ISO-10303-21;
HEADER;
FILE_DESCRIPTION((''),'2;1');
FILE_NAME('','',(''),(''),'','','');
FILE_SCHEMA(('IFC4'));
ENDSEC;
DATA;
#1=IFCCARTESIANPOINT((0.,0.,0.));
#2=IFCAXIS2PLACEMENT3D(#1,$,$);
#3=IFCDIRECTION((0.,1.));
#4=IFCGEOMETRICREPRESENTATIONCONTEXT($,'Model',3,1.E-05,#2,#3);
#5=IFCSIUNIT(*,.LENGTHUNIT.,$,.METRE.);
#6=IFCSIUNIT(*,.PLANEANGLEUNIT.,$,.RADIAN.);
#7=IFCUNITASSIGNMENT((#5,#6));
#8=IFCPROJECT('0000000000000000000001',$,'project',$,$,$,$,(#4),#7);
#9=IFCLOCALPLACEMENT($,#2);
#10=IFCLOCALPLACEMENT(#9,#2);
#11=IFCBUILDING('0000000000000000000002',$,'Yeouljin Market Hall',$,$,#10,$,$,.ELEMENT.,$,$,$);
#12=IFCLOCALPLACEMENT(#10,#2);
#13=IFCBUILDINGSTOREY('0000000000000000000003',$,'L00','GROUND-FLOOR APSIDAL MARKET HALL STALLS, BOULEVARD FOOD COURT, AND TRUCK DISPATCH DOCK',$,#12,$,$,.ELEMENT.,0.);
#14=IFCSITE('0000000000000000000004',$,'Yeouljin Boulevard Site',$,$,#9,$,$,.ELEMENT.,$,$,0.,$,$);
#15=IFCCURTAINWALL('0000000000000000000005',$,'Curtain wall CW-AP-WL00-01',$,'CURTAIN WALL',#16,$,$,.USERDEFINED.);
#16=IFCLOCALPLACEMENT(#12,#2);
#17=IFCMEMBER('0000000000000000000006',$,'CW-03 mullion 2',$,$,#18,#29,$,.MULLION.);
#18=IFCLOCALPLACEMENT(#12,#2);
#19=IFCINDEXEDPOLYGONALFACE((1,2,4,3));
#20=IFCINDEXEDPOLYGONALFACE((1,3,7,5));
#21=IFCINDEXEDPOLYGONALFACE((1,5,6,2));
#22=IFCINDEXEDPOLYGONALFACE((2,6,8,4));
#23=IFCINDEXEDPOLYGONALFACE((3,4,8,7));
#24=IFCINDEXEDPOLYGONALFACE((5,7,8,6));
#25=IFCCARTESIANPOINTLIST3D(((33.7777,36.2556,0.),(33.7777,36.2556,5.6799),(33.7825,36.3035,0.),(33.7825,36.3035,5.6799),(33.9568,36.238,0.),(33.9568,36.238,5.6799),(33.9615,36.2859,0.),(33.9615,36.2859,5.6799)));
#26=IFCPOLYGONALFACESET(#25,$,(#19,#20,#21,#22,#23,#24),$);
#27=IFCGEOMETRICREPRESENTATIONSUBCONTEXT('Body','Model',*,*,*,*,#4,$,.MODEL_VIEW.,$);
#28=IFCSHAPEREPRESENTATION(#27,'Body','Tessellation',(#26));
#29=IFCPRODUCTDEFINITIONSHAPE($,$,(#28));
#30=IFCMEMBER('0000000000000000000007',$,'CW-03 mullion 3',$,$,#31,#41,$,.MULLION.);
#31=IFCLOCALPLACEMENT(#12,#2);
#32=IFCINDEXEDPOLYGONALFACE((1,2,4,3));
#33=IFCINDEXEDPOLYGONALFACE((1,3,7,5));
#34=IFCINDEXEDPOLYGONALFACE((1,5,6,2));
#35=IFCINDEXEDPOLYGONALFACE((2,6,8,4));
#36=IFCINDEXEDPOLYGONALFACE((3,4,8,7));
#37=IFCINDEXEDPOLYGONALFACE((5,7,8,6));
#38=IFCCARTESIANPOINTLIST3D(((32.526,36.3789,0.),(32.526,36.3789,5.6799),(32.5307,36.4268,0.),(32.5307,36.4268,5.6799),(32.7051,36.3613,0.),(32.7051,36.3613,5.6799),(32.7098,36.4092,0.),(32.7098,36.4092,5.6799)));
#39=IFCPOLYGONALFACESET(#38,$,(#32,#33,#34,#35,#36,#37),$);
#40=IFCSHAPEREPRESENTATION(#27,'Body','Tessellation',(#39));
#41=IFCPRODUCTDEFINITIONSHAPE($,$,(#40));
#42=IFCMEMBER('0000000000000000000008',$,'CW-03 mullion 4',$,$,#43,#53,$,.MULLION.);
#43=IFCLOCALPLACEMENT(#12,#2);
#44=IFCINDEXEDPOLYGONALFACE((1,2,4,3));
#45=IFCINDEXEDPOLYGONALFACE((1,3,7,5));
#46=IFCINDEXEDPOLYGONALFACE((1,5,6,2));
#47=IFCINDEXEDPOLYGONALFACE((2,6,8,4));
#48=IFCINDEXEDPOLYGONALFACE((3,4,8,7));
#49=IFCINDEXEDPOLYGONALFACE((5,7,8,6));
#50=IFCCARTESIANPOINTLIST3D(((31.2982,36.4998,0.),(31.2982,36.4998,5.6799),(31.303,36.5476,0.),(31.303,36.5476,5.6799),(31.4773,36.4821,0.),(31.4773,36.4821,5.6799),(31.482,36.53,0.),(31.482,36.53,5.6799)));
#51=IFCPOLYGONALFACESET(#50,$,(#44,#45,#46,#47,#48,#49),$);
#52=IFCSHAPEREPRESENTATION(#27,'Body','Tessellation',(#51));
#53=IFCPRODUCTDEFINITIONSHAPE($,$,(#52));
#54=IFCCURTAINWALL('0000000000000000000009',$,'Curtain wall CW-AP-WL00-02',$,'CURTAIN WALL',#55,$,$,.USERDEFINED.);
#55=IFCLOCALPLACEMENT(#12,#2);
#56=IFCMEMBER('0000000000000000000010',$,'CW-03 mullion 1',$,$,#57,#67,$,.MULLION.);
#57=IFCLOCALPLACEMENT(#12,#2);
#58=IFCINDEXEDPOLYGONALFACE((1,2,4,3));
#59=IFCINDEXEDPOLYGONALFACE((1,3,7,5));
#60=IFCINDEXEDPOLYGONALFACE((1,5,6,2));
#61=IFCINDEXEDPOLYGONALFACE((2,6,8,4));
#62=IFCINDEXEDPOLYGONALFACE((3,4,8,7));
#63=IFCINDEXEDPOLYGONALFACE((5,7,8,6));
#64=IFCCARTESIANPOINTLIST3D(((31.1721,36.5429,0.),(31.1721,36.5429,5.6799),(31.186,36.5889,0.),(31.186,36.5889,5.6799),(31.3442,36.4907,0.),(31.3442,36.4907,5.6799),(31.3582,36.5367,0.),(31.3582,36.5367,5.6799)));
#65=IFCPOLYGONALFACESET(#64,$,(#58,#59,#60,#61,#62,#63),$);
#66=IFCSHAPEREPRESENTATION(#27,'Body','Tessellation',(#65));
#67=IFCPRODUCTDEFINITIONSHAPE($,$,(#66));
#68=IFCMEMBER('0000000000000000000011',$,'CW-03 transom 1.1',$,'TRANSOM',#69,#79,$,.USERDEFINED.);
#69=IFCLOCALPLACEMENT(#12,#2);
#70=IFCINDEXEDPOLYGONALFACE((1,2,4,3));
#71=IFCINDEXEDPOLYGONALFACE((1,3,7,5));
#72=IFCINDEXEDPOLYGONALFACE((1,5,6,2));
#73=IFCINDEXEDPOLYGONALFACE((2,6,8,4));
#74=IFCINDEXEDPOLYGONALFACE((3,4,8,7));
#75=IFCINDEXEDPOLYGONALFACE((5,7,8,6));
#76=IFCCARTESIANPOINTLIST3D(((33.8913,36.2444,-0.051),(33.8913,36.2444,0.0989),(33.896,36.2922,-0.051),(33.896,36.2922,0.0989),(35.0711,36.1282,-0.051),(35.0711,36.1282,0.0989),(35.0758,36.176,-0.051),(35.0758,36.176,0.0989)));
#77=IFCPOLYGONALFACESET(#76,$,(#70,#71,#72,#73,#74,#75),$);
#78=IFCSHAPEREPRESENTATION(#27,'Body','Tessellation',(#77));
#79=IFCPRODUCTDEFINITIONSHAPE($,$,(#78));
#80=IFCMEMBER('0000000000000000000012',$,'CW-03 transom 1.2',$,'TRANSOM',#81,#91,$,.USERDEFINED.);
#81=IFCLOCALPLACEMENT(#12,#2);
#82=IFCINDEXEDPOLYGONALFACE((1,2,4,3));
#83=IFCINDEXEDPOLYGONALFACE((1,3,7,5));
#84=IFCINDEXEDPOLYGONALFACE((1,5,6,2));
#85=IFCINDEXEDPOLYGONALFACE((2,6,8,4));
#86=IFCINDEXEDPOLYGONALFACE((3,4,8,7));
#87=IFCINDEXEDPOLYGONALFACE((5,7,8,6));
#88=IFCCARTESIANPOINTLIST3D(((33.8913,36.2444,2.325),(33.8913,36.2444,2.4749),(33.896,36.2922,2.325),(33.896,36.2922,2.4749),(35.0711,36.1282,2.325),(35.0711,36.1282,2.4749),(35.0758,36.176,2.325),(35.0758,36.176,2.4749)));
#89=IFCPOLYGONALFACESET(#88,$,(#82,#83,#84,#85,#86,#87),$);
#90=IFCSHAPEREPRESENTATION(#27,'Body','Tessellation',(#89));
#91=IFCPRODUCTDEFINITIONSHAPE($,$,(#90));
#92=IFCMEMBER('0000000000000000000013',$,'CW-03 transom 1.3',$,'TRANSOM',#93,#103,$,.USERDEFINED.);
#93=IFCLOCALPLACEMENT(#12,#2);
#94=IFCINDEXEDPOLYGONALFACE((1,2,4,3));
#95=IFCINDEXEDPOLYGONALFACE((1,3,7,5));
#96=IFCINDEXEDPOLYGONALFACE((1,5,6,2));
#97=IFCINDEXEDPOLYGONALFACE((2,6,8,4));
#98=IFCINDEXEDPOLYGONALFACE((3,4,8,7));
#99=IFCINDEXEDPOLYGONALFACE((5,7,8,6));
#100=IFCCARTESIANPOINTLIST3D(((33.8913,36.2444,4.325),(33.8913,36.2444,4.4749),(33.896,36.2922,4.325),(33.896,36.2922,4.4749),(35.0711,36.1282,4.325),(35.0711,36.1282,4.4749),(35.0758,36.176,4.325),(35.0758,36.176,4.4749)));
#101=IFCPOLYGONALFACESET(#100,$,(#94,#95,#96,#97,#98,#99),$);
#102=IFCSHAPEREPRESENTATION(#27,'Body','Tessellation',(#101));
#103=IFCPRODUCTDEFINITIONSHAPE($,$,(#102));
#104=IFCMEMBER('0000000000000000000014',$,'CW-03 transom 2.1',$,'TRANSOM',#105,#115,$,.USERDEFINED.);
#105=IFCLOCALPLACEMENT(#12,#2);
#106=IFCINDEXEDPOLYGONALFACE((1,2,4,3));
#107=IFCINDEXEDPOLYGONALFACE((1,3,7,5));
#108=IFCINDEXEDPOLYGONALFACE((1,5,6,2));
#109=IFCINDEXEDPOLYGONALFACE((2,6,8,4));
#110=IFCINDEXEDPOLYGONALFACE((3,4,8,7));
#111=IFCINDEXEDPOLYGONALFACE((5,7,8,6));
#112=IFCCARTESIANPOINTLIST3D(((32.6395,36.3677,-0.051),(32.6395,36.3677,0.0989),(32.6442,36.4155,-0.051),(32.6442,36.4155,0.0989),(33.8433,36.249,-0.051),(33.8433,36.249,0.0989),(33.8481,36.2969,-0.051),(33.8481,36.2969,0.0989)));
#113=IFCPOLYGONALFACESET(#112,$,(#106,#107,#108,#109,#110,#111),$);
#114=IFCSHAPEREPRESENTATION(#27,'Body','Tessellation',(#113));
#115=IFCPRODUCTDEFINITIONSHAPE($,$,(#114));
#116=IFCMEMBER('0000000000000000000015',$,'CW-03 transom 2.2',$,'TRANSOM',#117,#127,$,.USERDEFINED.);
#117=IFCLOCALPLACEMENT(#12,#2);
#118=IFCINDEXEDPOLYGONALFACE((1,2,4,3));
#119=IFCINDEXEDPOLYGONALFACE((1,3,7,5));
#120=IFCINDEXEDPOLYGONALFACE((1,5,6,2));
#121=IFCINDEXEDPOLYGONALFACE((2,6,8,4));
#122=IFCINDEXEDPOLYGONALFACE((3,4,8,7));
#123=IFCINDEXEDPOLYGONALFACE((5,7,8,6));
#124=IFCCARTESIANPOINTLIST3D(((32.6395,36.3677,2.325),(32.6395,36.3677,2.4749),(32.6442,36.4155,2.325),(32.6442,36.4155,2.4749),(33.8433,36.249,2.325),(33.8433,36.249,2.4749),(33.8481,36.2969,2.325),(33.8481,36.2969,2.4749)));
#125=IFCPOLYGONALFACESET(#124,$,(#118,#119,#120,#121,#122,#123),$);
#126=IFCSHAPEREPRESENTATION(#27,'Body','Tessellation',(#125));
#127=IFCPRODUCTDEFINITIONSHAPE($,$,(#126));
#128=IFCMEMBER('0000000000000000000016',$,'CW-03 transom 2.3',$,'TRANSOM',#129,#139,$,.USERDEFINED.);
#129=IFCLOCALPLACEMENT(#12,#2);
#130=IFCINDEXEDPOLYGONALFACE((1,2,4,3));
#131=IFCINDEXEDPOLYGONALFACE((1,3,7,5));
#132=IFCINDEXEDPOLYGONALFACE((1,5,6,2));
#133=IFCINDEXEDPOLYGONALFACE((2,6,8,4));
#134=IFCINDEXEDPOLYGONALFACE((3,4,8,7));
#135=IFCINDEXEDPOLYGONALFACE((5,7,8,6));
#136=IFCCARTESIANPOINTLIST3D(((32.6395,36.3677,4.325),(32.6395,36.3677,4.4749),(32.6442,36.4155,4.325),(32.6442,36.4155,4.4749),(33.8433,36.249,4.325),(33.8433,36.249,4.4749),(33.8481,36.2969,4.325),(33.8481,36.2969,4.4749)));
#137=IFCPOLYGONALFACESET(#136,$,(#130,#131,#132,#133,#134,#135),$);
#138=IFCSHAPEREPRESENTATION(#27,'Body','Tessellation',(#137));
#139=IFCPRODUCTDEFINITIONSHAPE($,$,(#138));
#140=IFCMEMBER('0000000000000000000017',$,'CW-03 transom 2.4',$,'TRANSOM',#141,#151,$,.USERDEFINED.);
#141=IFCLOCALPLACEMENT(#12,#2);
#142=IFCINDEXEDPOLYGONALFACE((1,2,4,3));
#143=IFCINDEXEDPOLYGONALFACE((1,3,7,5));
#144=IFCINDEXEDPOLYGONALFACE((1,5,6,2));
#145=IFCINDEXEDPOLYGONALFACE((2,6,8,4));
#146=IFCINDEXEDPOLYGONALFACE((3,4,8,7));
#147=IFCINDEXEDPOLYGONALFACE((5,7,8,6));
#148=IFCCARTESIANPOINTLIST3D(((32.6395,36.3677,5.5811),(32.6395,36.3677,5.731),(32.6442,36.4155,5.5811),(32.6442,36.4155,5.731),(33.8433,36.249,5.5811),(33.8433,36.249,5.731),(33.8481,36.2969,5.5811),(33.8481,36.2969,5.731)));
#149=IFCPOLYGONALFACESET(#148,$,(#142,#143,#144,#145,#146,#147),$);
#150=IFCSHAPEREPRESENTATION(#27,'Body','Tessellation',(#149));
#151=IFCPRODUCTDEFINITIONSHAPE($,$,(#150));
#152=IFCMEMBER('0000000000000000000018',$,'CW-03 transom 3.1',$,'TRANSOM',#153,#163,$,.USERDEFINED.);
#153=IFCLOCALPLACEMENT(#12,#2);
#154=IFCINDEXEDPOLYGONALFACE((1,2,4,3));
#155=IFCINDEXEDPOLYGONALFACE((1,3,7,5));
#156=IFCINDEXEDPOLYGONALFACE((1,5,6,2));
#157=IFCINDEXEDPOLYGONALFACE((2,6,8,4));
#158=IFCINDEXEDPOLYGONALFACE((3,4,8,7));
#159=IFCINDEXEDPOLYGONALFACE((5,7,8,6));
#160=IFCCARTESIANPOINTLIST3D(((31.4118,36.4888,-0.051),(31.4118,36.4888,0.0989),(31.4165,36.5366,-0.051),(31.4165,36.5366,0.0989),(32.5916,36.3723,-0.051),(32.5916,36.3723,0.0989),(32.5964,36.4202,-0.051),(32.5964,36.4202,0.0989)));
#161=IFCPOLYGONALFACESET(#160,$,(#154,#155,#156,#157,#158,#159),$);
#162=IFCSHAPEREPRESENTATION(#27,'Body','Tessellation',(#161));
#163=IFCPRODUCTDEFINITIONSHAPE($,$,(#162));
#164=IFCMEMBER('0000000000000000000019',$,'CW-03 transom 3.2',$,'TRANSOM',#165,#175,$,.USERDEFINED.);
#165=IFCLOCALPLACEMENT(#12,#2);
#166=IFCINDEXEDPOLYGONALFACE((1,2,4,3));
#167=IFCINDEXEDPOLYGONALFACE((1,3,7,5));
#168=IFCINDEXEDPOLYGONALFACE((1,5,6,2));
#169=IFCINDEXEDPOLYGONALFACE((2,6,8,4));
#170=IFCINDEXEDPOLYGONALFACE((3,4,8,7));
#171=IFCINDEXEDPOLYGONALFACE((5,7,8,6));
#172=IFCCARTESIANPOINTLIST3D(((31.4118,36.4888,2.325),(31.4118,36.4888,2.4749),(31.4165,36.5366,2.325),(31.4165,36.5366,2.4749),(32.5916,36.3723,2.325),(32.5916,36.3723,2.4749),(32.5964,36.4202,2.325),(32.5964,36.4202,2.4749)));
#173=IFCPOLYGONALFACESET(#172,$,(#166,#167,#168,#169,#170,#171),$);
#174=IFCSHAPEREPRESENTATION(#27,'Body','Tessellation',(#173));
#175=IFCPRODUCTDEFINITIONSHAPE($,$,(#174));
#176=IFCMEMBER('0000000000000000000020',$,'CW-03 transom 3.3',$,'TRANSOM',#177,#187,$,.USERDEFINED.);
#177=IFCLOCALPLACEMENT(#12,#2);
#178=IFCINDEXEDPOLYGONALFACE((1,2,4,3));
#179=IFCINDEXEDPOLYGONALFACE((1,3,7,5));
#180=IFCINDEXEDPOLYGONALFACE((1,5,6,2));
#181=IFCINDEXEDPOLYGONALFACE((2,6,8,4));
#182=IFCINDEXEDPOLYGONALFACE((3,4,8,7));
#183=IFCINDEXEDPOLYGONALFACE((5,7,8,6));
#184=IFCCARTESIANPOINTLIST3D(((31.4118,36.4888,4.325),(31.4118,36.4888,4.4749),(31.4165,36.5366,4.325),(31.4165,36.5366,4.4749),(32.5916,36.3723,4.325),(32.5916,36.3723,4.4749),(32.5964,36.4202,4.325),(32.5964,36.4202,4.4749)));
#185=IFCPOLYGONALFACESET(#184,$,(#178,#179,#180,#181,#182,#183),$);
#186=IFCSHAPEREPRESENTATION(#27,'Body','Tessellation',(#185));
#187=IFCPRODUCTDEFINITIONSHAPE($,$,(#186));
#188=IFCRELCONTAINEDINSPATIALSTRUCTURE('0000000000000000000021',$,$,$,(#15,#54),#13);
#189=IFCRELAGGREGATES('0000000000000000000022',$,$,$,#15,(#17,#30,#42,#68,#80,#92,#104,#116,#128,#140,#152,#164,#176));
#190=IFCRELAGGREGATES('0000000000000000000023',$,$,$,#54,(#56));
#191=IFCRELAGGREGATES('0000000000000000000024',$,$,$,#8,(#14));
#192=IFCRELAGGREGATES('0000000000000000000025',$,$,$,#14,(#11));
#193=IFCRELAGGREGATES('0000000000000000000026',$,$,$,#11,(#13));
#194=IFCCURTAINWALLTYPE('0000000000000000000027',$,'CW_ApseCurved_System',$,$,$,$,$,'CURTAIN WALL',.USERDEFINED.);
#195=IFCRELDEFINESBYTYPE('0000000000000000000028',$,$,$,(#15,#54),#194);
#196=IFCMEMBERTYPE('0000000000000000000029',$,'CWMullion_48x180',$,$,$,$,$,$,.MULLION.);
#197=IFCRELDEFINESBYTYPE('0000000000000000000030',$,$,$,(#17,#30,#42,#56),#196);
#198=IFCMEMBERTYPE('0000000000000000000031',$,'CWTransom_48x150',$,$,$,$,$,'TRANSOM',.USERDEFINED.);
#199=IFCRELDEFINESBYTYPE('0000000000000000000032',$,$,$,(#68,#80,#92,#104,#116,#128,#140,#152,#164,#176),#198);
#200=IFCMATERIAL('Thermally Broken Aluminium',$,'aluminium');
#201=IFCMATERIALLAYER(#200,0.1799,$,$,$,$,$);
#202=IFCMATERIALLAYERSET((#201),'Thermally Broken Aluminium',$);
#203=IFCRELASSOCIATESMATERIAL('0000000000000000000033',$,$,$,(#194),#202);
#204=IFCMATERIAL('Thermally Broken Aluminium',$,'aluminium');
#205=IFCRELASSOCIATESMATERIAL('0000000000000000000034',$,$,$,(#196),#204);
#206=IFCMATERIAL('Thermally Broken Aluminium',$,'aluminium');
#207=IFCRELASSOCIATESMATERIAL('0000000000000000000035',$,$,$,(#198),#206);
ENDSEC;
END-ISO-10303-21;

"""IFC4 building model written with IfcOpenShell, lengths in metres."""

from ifc_helpers import new_model, si_unit, direction, frame, origin, origin_2d, place, context, subcontext, project, spatial, rectangle, extrude, material, layer, layer_set, material_profile, profile_set, type_object, element, aggregate, save


model = new_model("IFC4")

# Units and contexts
model_context = context("Model", 3, precision=1e-05, world=origin(), true_north=direction((0.0, 1.0)))
body_context = subcontext(model_context, "Body", "Model", "MODEL_VIEW")
ifc_project = project(units=[si_unit("LENGTHUNIT", "METRE"), si_unit("PLANEANGLEUNIT", "RADIAN")], contexts=[model_context])

# Site, building, storey
site_placement = place(None, origin())
site = spatial("IfcSite", under=ifc_project, at=site_placement, Name="Yeouljin Boulevard Site", CompositionType="ELEMENT", RefElevation=0.0)
building_placement = place(site_placement, origin())
building = spatial("IfcBuilding", under=site, at=building_placement, Name="Yeouljin Market Hall", CompositionType="ELEMENT")
storey_placement = place(building_placement, origin())
storey = spatial("IfcBuildingStorey", under=building, at=storey_placement, Name="L00", Description="GROUND-FLOOR APSIDAL MARKET HALL STALLS, BOULEVARD FOOD COURT, AND TRUCK DISPATCH DOCK", CompositionType="ELEMENT", Elevation=0.0)

# Curtain wall, members
ifc_material_1 = material(Name="Thermally Broken Aluminium", Category="aluminium")
ifc_layer_1 = layer(ifc_material_1, 0.1799)
ifc_layer_set_1 = layer_set([ifc_layer_1], Name="Thermally Broken Aluminium")
curtain_wall_type = type_object("IfcCurtainWallType", Name="CW_ApseCurved_System", ElementType="CURTAIN WALL", PredefinedType="USERDEFINED", material=ifc_layer_set_1)
curtain_wall_1_placement = place(storey_placement, origin())
curtain_wall_1 = element("IfcCurtainWall", 1, at=curtain_wall_1_placement, inside=storey, type_object=curtain_wall_type, Name="Curtain wall CW-AP-WL00-01", ObjectType="CURTAIN WALL", PredefinedType="USERDEFINED")
ifc_material_2 = material(Name="Thermally Broken Aluminium", Category="aluminium")
ifc_material_profile_1 = material_profile(ifc_material_2, rectangle(XDim=0.0481, YDim=0.1799, at=origin_2d()), Name="CW-MULL-48x180")
ifc_profile_set_1 = profile_set([ifc_material_profile_1], Name="Thermally Broken Aluminium")
member_type_1 = type_object("IfcMemberType", Name="CWMullion_48x180", PredefinedType="MULLION", material=ifc_profile_set_1)
member_1_placement = place(storey_placement, frame((33.8696, 36.2708, 0.0), z_axis=(0.0, 0.0, 1.0), x_axis=(-0.098034, -0.995183, 0.0)))
member_1 = element("IfcMember", 2, at=member_1_placement, type_object=member_type_1, Name="CW-03 mullion 2", PredefinedType="MULLION", context=body_context, shape_type="SweptSolid", body=[
    extrude(rectangle(XDim=0.0481, YDim=0.1799, at=origin_2d()), origin(), (0.0, 0.0, 1.0), 5.6799),
])
member_2_placement = place(storey_placement, frame((32.6179, 36.394, 0.0), z_axis=(0.0, 0.0, 1.0), x_axis=(-0.098034, -0.995183, 0.0)))
member_2 = element("IfcMember", 3, at=member_2_placement, type_object=member_type_1, Name="CW-03 mullion 3", PredefinedType="MULLION", context=body_context, shape_type="SweptSolid", body=[
    extrude(rectangle(XDim=0.0481, YDim=0.1799, at=origin_2d()), origin(), (0.0, 0.0, 1.0), 5.6799),
])
member_3_placement = place(storey_placement, frame((31.3901, 36.5149, 0.0), z_axis=(0.0, 0.0, 1.0), x_axis=(-0.098034, -0.995183, 0.0)))
member_3 = element("IfcMember", 4, at=member_3_placement, type_object=member_type_1, Name="CW-03 mullion 4", PredefinedType="MULLION", context=body_context, shape_type="SweptSolid", body=[
    extrude(rectangle(XDim=0.0481, YDim=0.1799, at=origin_2d()), origin(), (0.0, 0.0, 1.0), 5.6799),
])

# Curtain wall, member
curtain_wall_2_placement = place(storey_placement, origin())
curtain_wall_2 = element("IfcCurtainWall", 5, at=curtain_wall_2_placement, inside=storey, type_object=curtain_wall_type, Name="Curtain wall CW-AP-WL00-02", ObjectType="CURTAIN WALL", PredefinedType="USERDEFINED")
member_4_placement = place(storey_placement, frame((31.2651, 36.5398, 0.0), z_axis=(0.0, 0.0, 1.0), x_axis=(-0.290286, -0.95694, 0.0)))
member_4 = element("IfcMember", 6, at=member_4_placement, type_object=member_type_1, Name="CW-03 mullion 1", PredefinedType="MULLION", context=body_context, shape_type="SweptSolid", body=[
    extrude(rectangle(XDim=0.0481, YDim=0.1799, at=origin_2d()), origin(), (0.0, 0.0, 1.0), 5.6799),
])

# Members
ifc_material_3 = material(Name="Thermally Broken Aluminium", Category="aluminium")
ifc_material_profile_2 = material_profile(ifc_material_3, rectangle(XDim=0.0481, YDim=0.1499, at=origin_2d()), Name="CW-TRAN-48x150")
ifc_profile_set_2 = profile_set([ifc_material_profile_2], Name="Thermally Broken Aluminium")
member_type_2 = type_object("IfcMemberType", Name="CWTransom_48x150", ElementType="TRANSOM", PredefinedType="USERDEFINED", material=ifc_profile_set_2)
member_5_placement = place(storey_placement, frame((35.0735, 36.1521, 0.0239), z_axis=(-0.995185, 0.098015, 0.0), x_axis=(-0.098015, -0.995185, 0.0)))
member_5 = element("IfcMember", 7, at=member_5_placement, type_object=member_type_2, Name="CW-03 transom 1.1", ObjectType="TRANSOM", PredefinedType="USERDEFINED", context=body_context, shape_type="SweptSolid", body=[
    extrude(rectangle(XDim=0.0481, YDim=0.1499, at=origin_2d()), origin(), (0.0, 0.0, 1.0), 1.1855),
])
member_6_placement = place(storey_placement, frame((35.0735, 36.1521, 2.3999), z_axis=(-0.995185, 0.098015, 0.0), x_axis=(-0.098015, -0.995185, 0.0)))
member_6 = element("IfcMember", 8, at=member_6_placement, type_object=member_type_2, Name="CW-03 transom 1.2", ObjectType="TRANSOM", PredefinedType="USERDEFINED", context=body_context, shape_type="SweptSolid", body=[
    extrude(rectangle(XDim=0.0481, YDim=0.1499, at=origin_2d()), origin(), (0.0, 0.0, 1.0), 1.1855),
])
member_7_placement = place(storey_placement, frame((35.0735, 36.1521, 4.3999), z_axis=(-0.995185, 0.098015, 0.0), x_axis=(-0.098015, -0.995185, 0.0)))
member_7 = element("IfcMember", 9, at=member_7_placement, type_object=member_type_2, Name="CW-03 transom 1.3", ObjectType="TRANSOM", PredefinedType="USERDEFINED", context=body_context, shape_type="SweptSolid", body=[
    extrude(rectangle(XDim=0.0481, YDim=0.1499, at=origin_2d()), origin(), (0.0, 0.0, 1.0), 1.1855),
])
member_8_placement = place(storey_placement, frame((33.8457, 36.2729, 0.0239), z_axis=(-0.995178, 0.098085, 0.0), x_axis=(-0.098085, -0.995178, 0.0)))
member_8 = element("IfcMember", 10, at=member_8_placement, type_object=member_type_2, Name="CW-03 transom 2.1", ObjectType="TRANSOM", PredefinedType="USERDEFINED", context=body_context, shape_type="SweptSolid", body=[
    extrude(rectangle(XDim=0.0481, YDim=0.1499, at=origin_2d()), origin(), (0.0, 0.0, 1.0), 1.2097),
])
member_9_placement = place(storey_placement, frame((33.8457, 36.2729, 2.3999), z_axis=(-0.995178, 0.098085, 0.0), x_axis=(-0.098085, -0.995178, 0.0)))
member_9 = element("IfcMember", 11, at=member_9_placement, type_object=member_type_2, Name="CW-03 transom 2.2", ObjectType="TRANSOM", PredefinedType="USERDEFINED", context=body_context, shape_type="SweptSolid", body=[
    extrude(rectangle(XDim=0.0481, YDim=0.1499, at=origin_2d()), origin(), (0.0, 0.0, 1.0), 1.2097),
])
member_10_placement = place(storey_placement, frame((33.8457, 36.2729, 4.3999), z_axis=(-0.995178, 0.098085, 0.0), x_axis=(-0.098085, -0.995178, 0.0)))
member_10 = element("IfcMember", 12, at=member_10_placement, type_object=member_type_2, Name="CW-03 transom 2.3", ObjectType="TRANSOM", PredefinedType="USERDEFINED", context=body_context, shape_type="SweptSolid", body=[
    extrude(rectangle(XDim=0.0481, YDim=0.1499, at=origin_2d()), origin(), (0.0, 0.0, 1.0), 1.2097),
])
member_11_placement = place(storey_placement, frame((33.8457, 36.2729, 5.656), z_axis=(-0.995178, 0.098085, 0.0), x_axis=(-0.098085, -0.995178, 0.0)))
member_11 = element("IfcMember", 13, at=member_11_placement, type_object=member_type_2, Name="CW-03 transom 2.4", ObjectType="TRANSOM", PredefinedType="USERDEFINED", context=body_context, shape_type="SweptSolid", body=[
    extrude(rectangle(XDim=0.0481, YDim=0.1499, at=origin_2d()), origin(), (0.0, 0.0, 1.0), 1.2097),
])
member_12_placement = place(storey_placement, frame((32.594, 36.3962, 0.0239), z_axis=(-0.995165, 0.098219, 0.0), x_axis=(-0.098219, -0.995165, 0.0)))
member_12 = element("IfcMember", 14, at=member_12_placement, type_object=member_type_2, Name="CW-03 transom 3.1", ObjectType="TRANSOM", PredefinedType="USERDEFINED", context=body_context, shape_type="SweptSolid", body=[
    extrude(rectangle(XDim=0.0481, YDim=0.1499, at=origin_2d()), origin(), (0.0, 0.0, 1.0), 1.1855),
])
member_13_placement = place(storey_placement, frame((32.594, 36.3962, 2.3999), z_axis=(-0.995165, 0.098219, 0.0), x_axis=(-0.098219, -0.995165, 0.0)))
member_13 = element("IfcMember", 15, at=member_13_placement, type_object=member_type_2, Name="CW-03 transom 3.2", ObjectType="TRANSOM", PredefinedType="USERDEFINED", context=body_context, shape_type="SweptSolid", body=[
    extrude(rectangle(XDim=0.0481, YDim=0.1499, at=origin_2d()), origin(), (0.0, 0.0, 1.0), 1.1855),
])
member_14_placement = place(storey_placement, frame((32.594, 36.3962, 4.3999), z_axis=(-0.995165, 0.098219, 0.0), x_axis=(-0.098219, -0.995165, 0.0)))
member_14 = element("IfcMember", 16, at=member_14_placement, type_object=member_type_2, Name="CW-03 transom 3.3", ObjectType="TRANSOM", PredefinedType="USERDEFINED", context=body_context, shape_type="SweptSolid", body=[
    extrude(rectangle(XDim=0.0481, YDim=0.1499, at=origin_2d()), origin(), (0.0, 0.0, 1.0), 1.1855),
])

aggregate(curtain_wall_1, [member_1, member_2, member_3, member_5, member_6, member_7, member_8, member_9, member_10, member_11, member_12, member_13, member_14])
aggregate(curtain_wall_2, [member_4])

save(model, "model.ifc")
